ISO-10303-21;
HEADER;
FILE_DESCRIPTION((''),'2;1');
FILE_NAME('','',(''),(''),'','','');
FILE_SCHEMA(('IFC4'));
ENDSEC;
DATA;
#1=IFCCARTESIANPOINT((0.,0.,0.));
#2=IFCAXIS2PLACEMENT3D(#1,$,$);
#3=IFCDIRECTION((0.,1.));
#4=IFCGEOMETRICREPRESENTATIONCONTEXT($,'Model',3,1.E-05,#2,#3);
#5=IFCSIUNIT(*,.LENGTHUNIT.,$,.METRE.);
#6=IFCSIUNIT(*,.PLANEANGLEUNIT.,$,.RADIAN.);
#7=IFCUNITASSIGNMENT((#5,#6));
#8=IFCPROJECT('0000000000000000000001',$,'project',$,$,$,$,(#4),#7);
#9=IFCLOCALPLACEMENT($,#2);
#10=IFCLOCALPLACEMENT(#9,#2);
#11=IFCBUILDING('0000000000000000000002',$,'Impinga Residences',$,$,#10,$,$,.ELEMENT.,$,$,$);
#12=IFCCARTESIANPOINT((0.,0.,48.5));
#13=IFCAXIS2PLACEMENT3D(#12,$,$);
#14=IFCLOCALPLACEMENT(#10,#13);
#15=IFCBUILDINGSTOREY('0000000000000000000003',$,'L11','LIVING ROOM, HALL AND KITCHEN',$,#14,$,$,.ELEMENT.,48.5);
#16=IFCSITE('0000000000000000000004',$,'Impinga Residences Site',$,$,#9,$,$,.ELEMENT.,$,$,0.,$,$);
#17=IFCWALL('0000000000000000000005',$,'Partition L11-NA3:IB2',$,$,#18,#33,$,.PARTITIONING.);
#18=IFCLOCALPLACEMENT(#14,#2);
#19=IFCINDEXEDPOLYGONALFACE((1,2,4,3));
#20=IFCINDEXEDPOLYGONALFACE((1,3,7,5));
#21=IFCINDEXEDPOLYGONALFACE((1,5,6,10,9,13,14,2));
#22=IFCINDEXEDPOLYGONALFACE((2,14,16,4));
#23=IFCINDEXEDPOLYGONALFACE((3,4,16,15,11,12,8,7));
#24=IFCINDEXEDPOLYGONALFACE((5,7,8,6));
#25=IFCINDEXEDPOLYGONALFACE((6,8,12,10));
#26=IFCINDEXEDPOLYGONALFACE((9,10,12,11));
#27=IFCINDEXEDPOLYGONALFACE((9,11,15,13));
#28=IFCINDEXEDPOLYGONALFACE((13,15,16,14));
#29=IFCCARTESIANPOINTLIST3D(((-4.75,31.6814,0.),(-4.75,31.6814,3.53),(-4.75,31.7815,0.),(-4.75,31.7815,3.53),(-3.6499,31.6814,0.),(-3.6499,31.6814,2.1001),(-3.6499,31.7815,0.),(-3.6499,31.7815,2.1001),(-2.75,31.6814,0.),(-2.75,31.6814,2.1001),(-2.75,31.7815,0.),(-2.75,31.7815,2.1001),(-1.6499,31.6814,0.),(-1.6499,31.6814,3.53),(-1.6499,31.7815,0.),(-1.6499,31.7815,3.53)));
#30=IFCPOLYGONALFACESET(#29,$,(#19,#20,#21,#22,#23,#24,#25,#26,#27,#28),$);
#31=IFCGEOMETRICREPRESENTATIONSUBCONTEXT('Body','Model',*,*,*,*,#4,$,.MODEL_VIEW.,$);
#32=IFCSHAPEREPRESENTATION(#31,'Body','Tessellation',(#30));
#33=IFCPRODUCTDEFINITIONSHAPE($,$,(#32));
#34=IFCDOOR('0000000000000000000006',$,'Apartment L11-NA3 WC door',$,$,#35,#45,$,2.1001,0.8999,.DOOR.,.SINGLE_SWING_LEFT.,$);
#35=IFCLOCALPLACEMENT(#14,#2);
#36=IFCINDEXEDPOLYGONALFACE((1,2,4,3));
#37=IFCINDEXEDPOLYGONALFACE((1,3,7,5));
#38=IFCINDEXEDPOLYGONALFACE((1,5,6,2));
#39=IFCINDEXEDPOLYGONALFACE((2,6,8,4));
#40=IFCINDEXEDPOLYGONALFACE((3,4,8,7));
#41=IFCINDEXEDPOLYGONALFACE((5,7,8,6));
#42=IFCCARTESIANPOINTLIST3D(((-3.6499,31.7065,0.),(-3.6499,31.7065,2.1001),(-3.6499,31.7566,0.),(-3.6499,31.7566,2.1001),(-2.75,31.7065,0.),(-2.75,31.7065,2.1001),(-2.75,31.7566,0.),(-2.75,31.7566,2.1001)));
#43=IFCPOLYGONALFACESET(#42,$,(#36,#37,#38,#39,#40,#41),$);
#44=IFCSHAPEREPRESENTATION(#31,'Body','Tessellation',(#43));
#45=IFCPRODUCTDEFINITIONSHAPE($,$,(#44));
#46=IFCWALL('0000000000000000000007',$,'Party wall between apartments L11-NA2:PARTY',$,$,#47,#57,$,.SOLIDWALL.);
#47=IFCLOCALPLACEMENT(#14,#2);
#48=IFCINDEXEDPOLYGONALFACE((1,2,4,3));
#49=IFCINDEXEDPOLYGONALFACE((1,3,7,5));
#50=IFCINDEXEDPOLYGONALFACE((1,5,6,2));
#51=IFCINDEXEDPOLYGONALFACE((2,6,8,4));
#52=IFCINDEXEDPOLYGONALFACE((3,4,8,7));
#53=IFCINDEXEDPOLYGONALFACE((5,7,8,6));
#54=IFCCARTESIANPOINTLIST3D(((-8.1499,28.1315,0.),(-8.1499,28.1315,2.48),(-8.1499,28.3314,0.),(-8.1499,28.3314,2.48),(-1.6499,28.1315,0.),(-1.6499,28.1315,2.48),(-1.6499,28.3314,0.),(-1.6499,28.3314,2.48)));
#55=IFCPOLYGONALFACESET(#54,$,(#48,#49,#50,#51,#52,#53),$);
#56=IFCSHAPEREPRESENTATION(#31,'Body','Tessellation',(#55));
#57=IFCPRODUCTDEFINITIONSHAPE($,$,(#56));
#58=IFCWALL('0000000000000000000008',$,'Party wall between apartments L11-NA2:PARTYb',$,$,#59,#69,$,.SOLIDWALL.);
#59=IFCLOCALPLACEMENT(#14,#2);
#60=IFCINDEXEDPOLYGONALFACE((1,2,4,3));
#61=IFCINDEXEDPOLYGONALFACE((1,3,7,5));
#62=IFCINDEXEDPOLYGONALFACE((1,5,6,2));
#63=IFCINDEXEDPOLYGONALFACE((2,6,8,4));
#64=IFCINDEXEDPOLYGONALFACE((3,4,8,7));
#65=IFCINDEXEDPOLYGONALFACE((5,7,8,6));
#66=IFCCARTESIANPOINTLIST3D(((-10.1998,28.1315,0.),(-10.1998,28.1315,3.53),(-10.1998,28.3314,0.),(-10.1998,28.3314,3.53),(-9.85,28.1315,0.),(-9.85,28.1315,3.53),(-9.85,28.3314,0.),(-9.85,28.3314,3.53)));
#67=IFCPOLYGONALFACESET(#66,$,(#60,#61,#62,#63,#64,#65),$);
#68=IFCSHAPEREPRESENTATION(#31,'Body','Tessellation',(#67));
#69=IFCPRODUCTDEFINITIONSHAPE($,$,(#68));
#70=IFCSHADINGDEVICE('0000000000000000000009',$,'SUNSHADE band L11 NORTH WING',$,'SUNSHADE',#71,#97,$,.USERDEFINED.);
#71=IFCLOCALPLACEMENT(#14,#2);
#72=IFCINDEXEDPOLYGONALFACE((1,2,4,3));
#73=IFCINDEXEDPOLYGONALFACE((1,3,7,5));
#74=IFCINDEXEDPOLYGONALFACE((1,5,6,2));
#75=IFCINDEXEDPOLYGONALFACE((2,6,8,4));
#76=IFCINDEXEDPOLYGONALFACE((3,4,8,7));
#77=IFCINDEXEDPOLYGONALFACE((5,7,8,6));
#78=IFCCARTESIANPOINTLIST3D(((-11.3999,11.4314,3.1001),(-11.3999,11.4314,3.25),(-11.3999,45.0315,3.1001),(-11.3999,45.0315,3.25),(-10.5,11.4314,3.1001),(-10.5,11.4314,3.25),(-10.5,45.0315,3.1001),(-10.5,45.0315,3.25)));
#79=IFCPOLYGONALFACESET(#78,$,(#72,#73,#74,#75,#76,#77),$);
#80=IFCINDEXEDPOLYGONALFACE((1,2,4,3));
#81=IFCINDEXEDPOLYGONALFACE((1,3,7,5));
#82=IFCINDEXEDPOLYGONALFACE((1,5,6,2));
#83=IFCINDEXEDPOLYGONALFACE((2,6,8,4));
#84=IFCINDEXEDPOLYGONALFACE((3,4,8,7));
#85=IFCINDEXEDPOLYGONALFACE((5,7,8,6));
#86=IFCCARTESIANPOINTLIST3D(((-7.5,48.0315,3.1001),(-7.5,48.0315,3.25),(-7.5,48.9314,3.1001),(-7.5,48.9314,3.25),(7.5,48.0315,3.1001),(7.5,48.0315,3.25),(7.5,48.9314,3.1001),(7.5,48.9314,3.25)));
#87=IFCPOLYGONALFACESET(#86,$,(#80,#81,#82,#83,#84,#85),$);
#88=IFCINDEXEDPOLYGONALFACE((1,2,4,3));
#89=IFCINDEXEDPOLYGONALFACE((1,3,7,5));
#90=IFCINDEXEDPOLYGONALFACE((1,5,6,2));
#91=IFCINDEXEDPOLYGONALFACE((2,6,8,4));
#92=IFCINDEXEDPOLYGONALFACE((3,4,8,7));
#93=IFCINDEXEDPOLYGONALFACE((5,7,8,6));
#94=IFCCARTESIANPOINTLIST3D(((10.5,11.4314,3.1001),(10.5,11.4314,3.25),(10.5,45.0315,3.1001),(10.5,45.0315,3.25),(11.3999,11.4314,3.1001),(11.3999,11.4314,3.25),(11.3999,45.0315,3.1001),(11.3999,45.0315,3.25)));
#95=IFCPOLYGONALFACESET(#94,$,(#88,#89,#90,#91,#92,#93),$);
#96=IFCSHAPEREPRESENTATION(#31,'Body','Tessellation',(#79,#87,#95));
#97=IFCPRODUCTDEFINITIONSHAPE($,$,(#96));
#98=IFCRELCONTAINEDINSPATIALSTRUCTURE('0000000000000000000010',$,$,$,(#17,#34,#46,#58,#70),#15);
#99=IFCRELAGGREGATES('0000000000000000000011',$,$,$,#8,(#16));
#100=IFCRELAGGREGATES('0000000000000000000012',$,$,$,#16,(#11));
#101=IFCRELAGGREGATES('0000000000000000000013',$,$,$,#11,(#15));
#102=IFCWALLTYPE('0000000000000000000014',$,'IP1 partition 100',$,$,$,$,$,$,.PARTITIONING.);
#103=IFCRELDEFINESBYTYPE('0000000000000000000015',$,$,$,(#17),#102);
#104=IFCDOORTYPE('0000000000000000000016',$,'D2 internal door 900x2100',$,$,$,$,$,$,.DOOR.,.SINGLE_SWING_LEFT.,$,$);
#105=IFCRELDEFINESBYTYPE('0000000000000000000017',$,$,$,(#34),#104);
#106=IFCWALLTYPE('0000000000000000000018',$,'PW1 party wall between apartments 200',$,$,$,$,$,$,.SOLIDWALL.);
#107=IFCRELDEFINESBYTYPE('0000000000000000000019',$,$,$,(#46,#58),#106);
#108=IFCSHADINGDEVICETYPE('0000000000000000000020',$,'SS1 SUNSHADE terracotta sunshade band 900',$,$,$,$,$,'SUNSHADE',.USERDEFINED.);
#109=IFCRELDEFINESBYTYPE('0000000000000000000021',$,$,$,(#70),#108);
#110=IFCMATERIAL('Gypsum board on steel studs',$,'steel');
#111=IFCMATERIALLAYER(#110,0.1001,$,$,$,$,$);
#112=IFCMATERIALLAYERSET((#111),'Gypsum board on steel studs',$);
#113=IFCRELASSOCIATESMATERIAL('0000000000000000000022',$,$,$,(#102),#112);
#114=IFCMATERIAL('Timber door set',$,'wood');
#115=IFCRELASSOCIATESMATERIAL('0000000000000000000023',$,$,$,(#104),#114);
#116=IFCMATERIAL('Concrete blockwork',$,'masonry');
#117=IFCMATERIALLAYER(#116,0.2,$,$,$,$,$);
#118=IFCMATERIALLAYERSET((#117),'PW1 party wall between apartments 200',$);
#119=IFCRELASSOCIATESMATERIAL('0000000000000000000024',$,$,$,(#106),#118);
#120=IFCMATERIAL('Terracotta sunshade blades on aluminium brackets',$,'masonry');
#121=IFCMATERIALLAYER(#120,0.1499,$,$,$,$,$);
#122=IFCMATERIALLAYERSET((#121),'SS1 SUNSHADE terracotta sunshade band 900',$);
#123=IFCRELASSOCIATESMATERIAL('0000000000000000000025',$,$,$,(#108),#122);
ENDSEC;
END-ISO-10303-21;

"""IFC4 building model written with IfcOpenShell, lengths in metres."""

from ifc_helpers import new_model, si_unit, direction, frame, frame_2d, origin, origin_2d, place, context, subcontext, project, spatial, rectangle, extrude, material, layer, layer_set, type_object, element, fill, save


model = new_model("IFC4")

# Units and contexts
model_context = context("Model", 3, precision=1e-05, world=origin(), true_north=direction((0.0, 1.0)))
body_context = subcontext(model_context, "Body", "Model", "MODEL_VIEW")
ifc_project = project(units=[si_unit("LENGTHUNIT", "METRE"), si_unit("PLANEANGLEUNIT", "RADIAN")], contexts=[model_context])

# Site, building, storey
site_placement = place(None, origin())
site = spatial("IfcSite", under=ifc_project, at=site_placement, Name="Impinga Residences Site", CompositionType="ELEMENT", RefElevation=0.0)
building_placement = place(site_placement, origin())
building = spatial("IfcBuilding", under=site, at=building_placement, Name="Impinga Residences", CompositionType="ELEMENT")
storey_placement = place(building_placement, frame((0.0, 0.0, 48.5)))
storey = spatial("IfcBuildingStorey", under=building, at=storey_placement, Name="L11", Description="LIVING ROOM, HALL AND KITCHEN", CompositionType="ELEMENT", Elevation=48.5)

# Shared definitions
ifc_material_1 = material(Name="Gypsum board on steel studs", Category="steel")
ifc_layer_1 = layer(ifc_material_1, 0.1001)
ifc_layer_set_1 = layer_set([ifc_layer_1], Name="Gypsum board on steel studs")
wall_type_1 = type_object("IfcWallType", Name="IP1 partition 100", PredefinedType="PARTITIONING", material=ifc_layer_set_1)

# Shared definitions
ifc_material_2 = material(Name="Timber door set", Category="wood")
door_type = type_object("IfcDoorType", Name="D2 internal door 900x2100", OperationType="SINGLE_SWING_LEFT", PredefinedType="DOOR", material=ifc_material_2)

# Wall, opening, door
wall_1_placement = place(storey_placement, frame((-1.6499, 31.7314, 0.0), z_axis=(0.0, 0.0, 1.0), x_axis=(-1.0, 0.0, 0.0)))
wall_1 = element("IfcWall", 1, at=wall_1_placement, inside=storey, type_object=wall_type_1, Name="Partition L11-NA3:IB2", PredefinedType="PARTITIONING", context=body_context, shape_type="SweptSolid", body=[
    extrude(rectangle(XDim=3.1001, YDim=0.1001, at=frame_2d((1.55, 0.0))), origin(), (0.0, 0.0, 1.0), 3.53),
])
opening_1_placement = place(wall_1_placement, frame((1.1001, 0.0, 0.0)))
opening_1 = element("IfcOpeningElement", 2, at=opening_1_placement, cuts=wall_1, PredefinedType="OPENING", context=body_context, shape_type="SweptSolid", body=[
    extrude(rectangle(XDim=0.8999, YDim=2.1001, at=frame_2d((0.45, 1.05))), frame((0.0, 0.0601, 0.0), z_axis=(0.0, -1.0, 0.0), x_axis=(1.0, 0.0, 0.0)), (0.0, 0.0, 1.0), 0.1201),
])
door_1_placement = place(opening_1_placement, origin())
door_1 = element("IfcDoor", 3, at=door_1_placement, inside=storey, type_object=door_type, Name="Apartment L11-NA3 WC door", OperationType="SINGLE_SWING_LEFT", OverallHeight=2.1001, OverallWidth=0.8999, PredefinedType="DOOR", context=body_context, shape_type="SweptSolid", body=[
    extrude(rectangle(XDim=0.8999, YDim=2.1001, at=frame_2d((0.45, 1.05))), frame((0.0, 0.0249, 0.0), z_axis=(0.0, -1.0, 0.0), x_axis=(1.0, 0.0, 0.0)), (0.0, 0.0, 1.0), 0.05),
])
fill(opening_1, door_1)

# Walls
ifc_material_3 = material(Name="Concrete blockwork", Category="masonry")
ifc_layer_2 = layer(ifc_material_3, 0.2)
ifc_layer_set_2 = layer_set([ifc_layer_2], Name="PW1 party wall between apartments 200")
wall_type_2 = type_object("IfcWallType", Name="PW1 party wall between apartments 200", PredefinedType="SOLIDWALL", material=ifc_layer_set_2)
wall_2_placement = place(storey_placement, frame((-1.6499, 28.2314, 0.0), z_axis=(0.0, 0.0, 1.0), x_axis=(-1.0, 0.0, 0.0)))
element("IfcWall", 4, at=wall_2_placement, inside=storey, type_object=wall_type_2, Name="Party wall between apartments L11-NA2:PARTY", PredefinedType="SOLIDWALL", context=body_context, shape_type="SweptSolid", body=[
    extrude(rectangle(XDim=6.5, YDim=0.2, at=frame_2d((3.25, 0.0))), origin(), (0.0, 0.0, 1.0), 2.48),
])
wall_3_placement = place(storey_placement, frame((-9.8501, 28.2314, 0.0), z_axis=(0.0, 0.0, 1.0), x_axis=(-1.0, 0.0, 0.0)))
element("IfcWall", 5, at=wall_3_placement, inside=storey, type_object=wall_type_2, Name="Party wall between apartments L11-NA2:PARTYb", PredefinedType="SOLIDWALL", context=body_context, shape_type="SweptSolid", body=[
    extrude(rectangle(XDim=0.3499, YDim=0.2, at=frame_2d((0.1748, 0.0))), origin(), (0.0, 0.0, 1.0), 3.53),
])

# Shading device
ifc_material_4 = material(Name="Terracotta sunshade blades on aluminium brackets", Category="masonry")
ifc_layer_3 = layer(ifc_material_4, 0.1499)
ifc_layer_set_3 = layer_set([ifc_layer_3], Name="SS1 SUNSHADE terracotta sunshade band 900")
shading_device_type = type_object("IfcShadingDeviceType", Name="SS1 SUNSHADE terracotta sunshade band 900", ElementType="SUNSHADE", PredefinedType="USERDEFINED", material=ifc_layer_set_3)
shading_device_placement = place(storey_placement, frame((-10.95, 28.2314, 3.1001), z_axis=(0.0, 0.0, 1.0), x_axis=(0.0, 1.0, 0.0)))
element("IfcShadingDevice", 6, at=shading_device_placement, inside=storey, type_object=shading_device_type, Name="SUNSHADE band L11 NORTH WING", ObjectType="SUNSHADE", PredefinedType="USERDEFINED", context=body_context, shape_type="SweptSolid", body=[
    extrude(rectangle(XDim=33.6001, YDim=0.8999, at=origin_2d()), origin(), (0.0, 0.0, 1.0), 0.1499),
    extrude(rectangle(XDim=15.0, YDim=0.8999, at=origin_2d()), frame((20.25, -10.95, 0.0), z_axis=(0.0, 0.0, 1.0), x_axis=(0.0, -1.0, 0.0)), (0.0, 0.0, 1.0), 0.1499),
    extrude(rectangle(XDim=33.6001, YDim=0.8999, at=origin_2d()), frame((0.0, -21.8999, 0.0), z_axis=(0.0, 0.0, 1.0), x_axis=(-1.0, 0.0, 0.0)), (0.0, 0.0, 1.0), 0.1499),
])

save(model, "model.ifc")
